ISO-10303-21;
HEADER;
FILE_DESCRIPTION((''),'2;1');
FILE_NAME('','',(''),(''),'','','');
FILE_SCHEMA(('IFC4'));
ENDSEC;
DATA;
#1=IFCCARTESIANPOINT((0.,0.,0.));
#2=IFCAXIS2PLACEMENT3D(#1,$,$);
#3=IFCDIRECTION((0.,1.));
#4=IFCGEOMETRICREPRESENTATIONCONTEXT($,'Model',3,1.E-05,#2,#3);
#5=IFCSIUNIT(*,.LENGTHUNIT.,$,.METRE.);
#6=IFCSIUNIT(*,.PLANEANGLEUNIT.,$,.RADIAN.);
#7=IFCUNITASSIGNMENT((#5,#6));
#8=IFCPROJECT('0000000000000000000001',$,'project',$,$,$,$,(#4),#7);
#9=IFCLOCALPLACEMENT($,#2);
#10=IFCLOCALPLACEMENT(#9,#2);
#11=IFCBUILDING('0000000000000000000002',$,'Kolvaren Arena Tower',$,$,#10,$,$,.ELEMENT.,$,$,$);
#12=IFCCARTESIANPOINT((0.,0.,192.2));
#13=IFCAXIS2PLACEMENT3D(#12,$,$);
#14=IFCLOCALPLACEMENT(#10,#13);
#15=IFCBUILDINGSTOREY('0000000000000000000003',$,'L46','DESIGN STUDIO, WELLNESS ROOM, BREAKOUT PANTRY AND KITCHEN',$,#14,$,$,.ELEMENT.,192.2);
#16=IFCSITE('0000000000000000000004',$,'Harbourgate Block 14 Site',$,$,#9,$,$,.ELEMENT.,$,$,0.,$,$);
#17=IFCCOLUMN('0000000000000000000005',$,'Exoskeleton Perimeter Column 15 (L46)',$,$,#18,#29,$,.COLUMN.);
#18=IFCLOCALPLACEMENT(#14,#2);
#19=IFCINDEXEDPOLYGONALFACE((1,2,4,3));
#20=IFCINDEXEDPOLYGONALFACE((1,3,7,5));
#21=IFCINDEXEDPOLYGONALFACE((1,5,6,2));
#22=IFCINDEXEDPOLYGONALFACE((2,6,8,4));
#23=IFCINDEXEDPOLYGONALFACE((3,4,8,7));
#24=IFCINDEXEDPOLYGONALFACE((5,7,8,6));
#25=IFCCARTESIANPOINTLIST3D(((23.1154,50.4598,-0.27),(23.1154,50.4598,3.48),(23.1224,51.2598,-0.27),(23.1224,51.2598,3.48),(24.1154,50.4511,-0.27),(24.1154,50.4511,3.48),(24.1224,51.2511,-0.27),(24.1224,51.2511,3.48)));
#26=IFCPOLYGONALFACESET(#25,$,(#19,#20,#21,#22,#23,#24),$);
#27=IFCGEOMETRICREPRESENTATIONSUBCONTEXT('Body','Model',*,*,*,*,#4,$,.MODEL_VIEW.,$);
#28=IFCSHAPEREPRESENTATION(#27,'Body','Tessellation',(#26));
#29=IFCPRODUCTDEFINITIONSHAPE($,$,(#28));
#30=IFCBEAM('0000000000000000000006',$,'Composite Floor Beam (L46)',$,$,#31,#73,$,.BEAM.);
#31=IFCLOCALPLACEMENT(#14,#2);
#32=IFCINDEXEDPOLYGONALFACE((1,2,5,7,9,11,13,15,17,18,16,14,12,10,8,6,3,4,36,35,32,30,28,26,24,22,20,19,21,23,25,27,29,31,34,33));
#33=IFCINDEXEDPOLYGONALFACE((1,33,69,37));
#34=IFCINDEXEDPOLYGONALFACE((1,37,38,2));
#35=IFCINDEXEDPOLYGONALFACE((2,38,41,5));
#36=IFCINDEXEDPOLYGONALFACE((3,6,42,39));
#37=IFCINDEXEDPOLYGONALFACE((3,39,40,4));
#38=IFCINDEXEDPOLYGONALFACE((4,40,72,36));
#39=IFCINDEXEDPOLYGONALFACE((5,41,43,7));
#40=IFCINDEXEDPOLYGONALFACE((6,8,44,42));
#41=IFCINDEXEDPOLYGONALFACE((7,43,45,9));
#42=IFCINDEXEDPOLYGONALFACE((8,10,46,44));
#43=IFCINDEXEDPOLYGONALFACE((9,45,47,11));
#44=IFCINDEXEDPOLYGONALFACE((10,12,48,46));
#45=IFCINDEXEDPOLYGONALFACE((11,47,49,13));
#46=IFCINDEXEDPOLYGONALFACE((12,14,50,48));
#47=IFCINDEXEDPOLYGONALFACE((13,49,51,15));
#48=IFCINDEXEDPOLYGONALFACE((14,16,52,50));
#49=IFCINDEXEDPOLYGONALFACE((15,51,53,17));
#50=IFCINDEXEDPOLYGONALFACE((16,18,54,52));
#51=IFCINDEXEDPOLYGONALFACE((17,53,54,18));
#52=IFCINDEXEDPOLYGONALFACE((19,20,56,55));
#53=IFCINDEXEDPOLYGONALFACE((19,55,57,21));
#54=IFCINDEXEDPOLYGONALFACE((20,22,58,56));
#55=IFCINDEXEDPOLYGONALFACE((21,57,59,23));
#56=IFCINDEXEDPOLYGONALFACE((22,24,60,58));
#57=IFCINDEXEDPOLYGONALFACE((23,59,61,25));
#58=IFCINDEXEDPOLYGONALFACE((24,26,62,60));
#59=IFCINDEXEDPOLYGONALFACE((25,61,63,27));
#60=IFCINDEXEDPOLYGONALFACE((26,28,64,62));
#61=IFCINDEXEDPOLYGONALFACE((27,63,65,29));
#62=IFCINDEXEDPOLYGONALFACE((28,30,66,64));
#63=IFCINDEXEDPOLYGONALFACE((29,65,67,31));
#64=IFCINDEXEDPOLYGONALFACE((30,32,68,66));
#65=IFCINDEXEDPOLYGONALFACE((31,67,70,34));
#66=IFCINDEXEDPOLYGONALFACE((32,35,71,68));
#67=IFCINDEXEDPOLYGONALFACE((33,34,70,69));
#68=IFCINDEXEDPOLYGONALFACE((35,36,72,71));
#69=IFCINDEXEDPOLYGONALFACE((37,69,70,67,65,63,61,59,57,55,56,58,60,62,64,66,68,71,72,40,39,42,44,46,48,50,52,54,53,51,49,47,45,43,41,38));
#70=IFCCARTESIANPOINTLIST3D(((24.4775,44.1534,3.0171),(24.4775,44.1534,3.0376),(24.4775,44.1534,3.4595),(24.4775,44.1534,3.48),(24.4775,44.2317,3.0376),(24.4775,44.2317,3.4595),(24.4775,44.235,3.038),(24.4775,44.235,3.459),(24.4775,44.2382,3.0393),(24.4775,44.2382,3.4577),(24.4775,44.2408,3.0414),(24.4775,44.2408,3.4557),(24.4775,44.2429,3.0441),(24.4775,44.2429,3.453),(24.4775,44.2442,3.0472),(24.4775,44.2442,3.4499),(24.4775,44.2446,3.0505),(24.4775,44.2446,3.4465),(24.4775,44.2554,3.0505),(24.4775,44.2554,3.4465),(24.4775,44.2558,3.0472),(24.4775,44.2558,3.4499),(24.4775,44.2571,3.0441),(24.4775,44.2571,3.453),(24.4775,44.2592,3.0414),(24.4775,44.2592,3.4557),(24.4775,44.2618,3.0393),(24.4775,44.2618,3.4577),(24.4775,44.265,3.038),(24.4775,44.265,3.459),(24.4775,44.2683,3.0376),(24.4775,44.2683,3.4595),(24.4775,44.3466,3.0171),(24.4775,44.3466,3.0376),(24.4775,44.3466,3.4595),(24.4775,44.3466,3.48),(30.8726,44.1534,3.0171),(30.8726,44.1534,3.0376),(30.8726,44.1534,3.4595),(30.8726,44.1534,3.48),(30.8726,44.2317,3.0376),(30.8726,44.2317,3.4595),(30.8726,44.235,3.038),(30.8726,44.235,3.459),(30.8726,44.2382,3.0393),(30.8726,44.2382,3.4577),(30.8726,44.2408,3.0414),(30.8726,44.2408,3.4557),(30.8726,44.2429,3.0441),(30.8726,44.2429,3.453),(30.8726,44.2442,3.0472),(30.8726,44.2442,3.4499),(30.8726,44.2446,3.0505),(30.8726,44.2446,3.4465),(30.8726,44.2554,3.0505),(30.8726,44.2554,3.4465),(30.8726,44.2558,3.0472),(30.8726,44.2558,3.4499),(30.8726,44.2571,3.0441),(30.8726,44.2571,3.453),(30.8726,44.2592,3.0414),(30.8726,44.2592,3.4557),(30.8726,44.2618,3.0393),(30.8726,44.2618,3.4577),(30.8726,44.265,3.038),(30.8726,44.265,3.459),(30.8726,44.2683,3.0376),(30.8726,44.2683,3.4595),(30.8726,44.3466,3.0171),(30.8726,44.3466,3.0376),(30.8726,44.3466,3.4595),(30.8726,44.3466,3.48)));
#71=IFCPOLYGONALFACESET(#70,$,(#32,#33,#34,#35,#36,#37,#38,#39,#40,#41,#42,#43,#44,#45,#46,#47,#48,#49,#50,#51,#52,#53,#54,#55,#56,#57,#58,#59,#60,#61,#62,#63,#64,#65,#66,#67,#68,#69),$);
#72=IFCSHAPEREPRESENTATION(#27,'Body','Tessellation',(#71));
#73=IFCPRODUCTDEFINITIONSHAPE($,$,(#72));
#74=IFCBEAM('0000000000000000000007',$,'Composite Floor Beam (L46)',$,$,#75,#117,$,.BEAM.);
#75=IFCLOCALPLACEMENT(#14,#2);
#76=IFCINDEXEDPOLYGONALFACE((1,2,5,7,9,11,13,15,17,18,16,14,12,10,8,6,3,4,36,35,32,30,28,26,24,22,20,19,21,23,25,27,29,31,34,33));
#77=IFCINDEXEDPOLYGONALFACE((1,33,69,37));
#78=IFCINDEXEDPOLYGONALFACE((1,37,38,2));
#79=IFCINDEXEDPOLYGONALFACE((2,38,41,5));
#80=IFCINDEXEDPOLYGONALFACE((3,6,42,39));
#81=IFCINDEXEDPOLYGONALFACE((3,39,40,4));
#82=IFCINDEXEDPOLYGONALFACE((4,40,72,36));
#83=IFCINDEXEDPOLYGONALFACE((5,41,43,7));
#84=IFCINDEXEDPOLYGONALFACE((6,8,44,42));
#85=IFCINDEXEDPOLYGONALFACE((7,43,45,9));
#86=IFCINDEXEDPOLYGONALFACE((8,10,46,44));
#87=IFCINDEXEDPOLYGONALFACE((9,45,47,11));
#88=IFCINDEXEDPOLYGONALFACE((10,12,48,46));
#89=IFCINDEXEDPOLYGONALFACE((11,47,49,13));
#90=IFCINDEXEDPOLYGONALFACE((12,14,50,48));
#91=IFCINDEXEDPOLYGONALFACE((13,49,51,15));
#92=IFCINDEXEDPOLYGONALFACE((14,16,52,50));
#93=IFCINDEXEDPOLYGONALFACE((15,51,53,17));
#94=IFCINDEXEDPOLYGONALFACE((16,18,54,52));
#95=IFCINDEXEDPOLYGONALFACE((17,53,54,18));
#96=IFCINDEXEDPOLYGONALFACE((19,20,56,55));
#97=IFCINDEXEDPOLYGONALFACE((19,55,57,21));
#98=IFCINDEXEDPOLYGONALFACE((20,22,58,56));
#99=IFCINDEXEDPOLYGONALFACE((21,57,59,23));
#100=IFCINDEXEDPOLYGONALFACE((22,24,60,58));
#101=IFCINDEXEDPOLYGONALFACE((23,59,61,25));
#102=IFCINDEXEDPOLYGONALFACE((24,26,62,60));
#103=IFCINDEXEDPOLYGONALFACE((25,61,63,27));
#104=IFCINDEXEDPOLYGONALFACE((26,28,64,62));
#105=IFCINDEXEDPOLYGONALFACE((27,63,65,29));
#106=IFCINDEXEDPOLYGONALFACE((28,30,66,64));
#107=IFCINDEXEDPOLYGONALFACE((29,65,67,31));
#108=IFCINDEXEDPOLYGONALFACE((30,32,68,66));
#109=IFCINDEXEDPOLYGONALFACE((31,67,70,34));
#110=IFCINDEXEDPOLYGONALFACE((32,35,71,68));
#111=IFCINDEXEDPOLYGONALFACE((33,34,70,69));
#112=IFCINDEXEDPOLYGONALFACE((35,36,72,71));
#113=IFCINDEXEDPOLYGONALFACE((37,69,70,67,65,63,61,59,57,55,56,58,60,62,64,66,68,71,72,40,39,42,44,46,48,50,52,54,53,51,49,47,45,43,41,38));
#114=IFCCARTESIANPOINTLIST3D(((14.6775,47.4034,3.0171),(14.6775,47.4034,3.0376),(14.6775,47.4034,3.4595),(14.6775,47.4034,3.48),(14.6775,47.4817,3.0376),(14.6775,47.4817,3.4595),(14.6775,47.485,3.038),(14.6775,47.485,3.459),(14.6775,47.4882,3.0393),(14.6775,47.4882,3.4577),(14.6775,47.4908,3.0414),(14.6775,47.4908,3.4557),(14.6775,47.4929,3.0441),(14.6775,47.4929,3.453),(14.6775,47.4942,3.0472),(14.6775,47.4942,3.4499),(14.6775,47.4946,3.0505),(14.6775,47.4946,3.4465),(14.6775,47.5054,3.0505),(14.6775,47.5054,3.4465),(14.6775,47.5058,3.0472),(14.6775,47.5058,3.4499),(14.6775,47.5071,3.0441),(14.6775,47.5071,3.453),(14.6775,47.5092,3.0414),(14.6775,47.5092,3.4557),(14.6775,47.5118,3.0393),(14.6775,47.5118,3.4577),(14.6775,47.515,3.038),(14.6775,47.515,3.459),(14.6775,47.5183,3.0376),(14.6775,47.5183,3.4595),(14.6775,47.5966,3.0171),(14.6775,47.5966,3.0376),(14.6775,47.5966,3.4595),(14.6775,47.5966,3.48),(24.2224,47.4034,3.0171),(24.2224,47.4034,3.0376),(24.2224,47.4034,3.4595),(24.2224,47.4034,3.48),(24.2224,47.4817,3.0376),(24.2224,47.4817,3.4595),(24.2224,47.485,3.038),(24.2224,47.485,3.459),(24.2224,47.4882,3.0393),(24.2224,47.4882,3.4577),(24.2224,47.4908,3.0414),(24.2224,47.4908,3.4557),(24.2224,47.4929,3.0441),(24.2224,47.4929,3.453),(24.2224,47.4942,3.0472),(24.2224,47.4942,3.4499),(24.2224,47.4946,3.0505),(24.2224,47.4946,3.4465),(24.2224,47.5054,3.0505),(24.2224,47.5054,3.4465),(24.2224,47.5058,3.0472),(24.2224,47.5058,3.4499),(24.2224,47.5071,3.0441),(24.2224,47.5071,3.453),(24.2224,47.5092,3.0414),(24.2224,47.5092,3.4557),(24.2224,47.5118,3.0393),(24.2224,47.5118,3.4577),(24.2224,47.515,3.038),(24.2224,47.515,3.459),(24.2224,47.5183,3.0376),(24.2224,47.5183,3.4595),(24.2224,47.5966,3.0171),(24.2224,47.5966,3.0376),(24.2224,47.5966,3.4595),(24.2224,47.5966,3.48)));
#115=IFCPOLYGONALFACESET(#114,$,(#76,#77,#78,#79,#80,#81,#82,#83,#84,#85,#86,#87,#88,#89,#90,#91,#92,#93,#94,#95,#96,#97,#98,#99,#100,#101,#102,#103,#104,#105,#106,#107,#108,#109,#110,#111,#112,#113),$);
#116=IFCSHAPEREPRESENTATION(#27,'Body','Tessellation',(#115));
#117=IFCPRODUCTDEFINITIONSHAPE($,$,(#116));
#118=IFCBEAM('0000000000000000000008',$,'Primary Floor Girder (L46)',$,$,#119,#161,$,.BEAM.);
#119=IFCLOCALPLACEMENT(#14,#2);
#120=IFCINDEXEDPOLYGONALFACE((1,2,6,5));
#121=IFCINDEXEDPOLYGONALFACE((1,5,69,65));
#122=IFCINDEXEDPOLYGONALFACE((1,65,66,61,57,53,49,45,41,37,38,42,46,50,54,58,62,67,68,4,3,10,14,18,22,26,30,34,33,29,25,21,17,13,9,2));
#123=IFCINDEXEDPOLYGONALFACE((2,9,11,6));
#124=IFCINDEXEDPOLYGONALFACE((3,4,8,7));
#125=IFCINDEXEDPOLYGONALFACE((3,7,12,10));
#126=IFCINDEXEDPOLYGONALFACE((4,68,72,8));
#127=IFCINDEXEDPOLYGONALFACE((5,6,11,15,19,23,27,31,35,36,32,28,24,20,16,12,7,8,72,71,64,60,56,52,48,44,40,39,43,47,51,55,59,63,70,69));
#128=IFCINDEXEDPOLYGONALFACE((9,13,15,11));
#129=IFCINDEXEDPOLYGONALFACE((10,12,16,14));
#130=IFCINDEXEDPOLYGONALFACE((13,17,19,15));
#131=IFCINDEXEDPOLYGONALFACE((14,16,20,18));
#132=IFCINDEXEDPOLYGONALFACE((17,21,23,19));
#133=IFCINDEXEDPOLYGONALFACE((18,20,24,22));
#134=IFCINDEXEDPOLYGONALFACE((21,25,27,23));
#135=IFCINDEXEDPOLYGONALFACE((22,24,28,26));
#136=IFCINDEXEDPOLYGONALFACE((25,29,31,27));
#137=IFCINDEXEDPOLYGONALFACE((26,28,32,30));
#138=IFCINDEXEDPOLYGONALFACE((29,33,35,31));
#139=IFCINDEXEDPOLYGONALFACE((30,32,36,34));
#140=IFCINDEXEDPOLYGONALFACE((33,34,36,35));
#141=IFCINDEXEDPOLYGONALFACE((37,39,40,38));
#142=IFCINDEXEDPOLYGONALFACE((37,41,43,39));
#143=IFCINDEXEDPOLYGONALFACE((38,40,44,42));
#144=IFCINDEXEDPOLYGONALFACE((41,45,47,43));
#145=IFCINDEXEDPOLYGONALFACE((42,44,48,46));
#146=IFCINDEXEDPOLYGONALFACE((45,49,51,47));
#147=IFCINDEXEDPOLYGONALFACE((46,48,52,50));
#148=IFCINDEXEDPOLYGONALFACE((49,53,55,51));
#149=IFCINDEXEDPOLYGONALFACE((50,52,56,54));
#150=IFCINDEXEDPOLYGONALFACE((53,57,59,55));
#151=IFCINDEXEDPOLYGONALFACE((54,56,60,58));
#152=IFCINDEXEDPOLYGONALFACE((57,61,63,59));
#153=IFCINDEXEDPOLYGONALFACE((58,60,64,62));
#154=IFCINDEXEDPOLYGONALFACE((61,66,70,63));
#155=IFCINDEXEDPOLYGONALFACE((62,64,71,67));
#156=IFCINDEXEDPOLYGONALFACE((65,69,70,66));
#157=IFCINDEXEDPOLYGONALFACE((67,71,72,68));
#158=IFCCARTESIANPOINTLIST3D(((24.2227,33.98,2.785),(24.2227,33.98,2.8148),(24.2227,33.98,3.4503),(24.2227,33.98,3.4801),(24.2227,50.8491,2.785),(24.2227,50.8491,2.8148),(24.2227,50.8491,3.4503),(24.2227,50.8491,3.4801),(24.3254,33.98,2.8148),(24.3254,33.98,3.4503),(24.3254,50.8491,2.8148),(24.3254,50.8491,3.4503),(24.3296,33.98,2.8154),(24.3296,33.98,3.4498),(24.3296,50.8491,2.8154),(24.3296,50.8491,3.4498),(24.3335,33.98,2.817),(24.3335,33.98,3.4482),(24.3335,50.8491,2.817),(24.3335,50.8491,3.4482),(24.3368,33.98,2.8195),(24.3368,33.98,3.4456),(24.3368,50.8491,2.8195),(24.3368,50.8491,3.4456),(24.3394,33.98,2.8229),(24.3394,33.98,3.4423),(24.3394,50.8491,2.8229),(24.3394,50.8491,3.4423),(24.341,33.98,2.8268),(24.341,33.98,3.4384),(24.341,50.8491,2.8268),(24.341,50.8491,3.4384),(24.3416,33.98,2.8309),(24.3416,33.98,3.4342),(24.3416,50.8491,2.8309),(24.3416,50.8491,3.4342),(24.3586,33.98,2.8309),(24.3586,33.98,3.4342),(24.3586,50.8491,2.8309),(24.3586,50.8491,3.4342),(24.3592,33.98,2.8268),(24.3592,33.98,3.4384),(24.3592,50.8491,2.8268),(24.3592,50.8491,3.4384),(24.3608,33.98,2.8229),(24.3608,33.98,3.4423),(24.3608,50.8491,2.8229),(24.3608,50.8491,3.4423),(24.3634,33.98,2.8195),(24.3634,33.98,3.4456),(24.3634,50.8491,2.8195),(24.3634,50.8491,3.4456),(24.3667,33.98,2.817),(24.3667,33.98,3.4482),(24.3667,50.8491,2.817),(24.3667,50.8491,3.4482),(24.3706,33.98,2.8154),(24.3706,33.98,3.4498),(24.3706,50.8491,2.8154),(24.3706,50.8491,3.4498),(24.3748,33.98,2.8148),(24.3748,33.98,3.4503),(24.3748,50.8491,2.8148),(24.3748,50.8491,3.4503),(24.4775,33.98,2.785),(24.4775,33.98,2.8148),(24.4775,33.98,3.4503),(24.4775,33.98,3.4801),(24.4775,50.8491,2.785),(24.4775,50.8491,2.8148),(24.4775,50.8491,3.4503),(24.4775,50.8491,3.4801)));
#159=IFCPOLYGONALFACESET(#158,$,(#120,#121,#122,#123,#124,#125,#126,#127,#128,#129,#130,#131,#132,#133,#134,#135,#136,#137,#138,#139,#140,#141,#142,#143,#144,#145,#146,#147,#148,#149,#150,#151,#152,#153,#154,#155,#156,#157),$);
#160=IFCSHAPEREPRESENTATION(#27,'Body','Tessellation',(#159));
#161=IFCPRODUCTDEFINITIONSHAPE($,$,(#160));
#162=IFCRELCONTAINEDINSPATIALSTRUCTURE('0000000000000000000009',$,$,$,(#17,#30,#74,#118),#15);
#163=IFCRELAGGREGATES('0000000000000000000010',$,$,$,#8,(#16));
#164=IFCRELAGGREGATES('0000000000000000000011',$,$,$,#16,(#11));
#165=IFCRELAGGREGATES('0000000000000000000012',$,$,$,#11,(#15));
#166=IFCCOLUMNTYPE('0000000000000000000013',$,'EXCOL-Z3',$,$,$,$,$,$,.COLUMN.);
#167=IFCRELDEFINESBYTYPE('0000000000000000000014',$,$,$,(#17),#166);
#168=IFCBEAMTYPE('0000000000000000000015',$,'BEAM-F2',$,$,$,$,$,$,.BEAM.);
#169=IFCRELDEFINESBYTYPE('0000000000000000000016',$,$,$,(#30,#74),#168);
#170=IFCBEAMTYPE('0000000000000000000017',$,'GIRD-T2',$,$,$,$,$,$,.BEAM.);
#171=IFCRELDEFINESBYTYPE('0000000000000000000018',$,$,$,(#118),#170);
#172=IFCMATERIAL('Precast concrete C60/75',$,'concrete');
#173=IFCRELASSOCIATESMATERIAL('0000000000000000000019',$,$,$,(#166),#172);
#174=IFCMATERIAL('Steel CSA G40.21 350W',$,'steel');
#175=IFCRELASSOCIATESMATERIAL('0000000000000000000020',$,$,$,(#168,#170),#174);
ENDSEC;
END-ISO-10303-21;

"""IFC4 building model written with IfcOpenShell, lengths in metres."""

from ifc_helpers import new_model, si_unit, direction, frame, origin, origin_2d, place, context, subcontext, project, spatial, rectangle, i_section, extrude, material, material_profile, profile_set, type_object, element, save


model = new_model("IFC4")

# Units and contexts
model_context = context("Model", 3, precision=1e-05, world=origin(), true_north=direction((0.0, 1.0)))
body_context = subcontext(model_context, "Body", "Model", "MODEL_VIEW")
ifc_project = project(units=[si_unit("LENGTHUNIT", "METRE"), si_unit("PLANEANGLEUNIT", "RADIAN")], contexts=[model_context])

# Site, building, storey
site_placement = place(None, origin())
site = spatial("IfcSite", under=ifc_project, at=site_placement, Name="Harbourgate Block 14 Site", CompositionType="ELEMENT", RefElevation=0.0)
building_placement = place(site_placement, origin())
building = spatial("IfcBuilding", under=site, at=building_placement, Name="Kolvaren Arena Tower", CompositionType="ELEMENT")
storey_placement = place(building_placement, frame((0.0, 0.0, 192.2)))
storey = spatial("IfcBuildingStorey", under=building, at=storey_placement, Name="L46", Description="DESIGN STUDIO, WELLNESS ROOM, BREAKOUT PANTRY AND KITCHEN", CompositionType="ELEMENT", Elevation=192.2)

# Column
ifc_material_1 = material(Name="Precast concrete C60/75", Category="concrete")
ifc_material_profile_1 = material_profile(ifc_material_1, rectangle(XDim=1.0, YDim=0.8, at=origin_2d()), Name="RC-1000x800")
ifc_profile_set_1 = profile_set([ifc_material_profile_1], Name="Precast concrete C60/75")
column_type = type_object("IfcColumnType", Name="EXCOL-Z3", PredefinedType="COLUMN", material=ifc_profile_set_1)
column_placement = place(storey_placement, frame((23.6189, 50.8555, -0.27), z_axis=(0.0, 0.0, 1.0), x_axis=(0.999962, -0.008727, 0.0)))
element("IfcColumn", 1, at=column_placement, inside=storey, type_object=column_type, Name="Exoskeleton Perimeter Column 15 (L46)", PredefinedType="COLUMN", context=body_context, shape_type="SweptSolid", body=[
    extrude(rectangle(XDim=1.0, YDim=0.8, at=origin_2d()), origin(), (0.0, 0.0, 1.0), 3.75),
])

# Beams
ifc_material_2 = material(Name="Steel CSA G40.21 350W", Category="steel")
ifc_material_profile_2 = material_profile(ifc_material_2, i_section(OverallWidth=0.1931, OverallDepth=0.4629, WebThickness=0.0107, FlangeThickness=0.0205, FilletRadius=0.0129, at=origin_2d()), Name="W460x113")
ifc_profile_set_2 = profile_set([ifc_material_profile_2], Name="Steel CSA G40.21 350W")
beam_type_1 = type_object("IfcBeamType", Name="BEAM-F2", PredefinedType="BEAM", material=ifc_profile_set_2)
beam_1_placement = place(storey_placement, frame((24.4775, 44.25, 3.2485), z_axis=(1.0, 0.0, 0.0), x_axis=(0.0, 1.0, 0.0)))
element("IfcBeam", 2, at=beam_1_placement, inside=storey, type_object=beam_type_1, Name="Composite Floor Beam (L46)", PredefinedType="BEAM", context=body_context, shape_type="SweptSolid", body=[
    extrude(i_section(OverallWidth=0.1931, OverallDepth=0.4629, WebThickness=0.0107, FlangeThickness=0.0205, FilletRadius=0.0129, at=origin_2d()), origin(), (0.0, 0.0, 1.0), 6.395),
])
beam_2_placement = place(storey_placement, frame((14.6775, 47.5, 3.2485), z_axis=(1.0, 0.0, 0.0), x_axis=(0.0, 1.0, 0.0)))
element("IfcBeam", 3, at=beam_2_placement, inside=storey, type_object=beam_type_1, Name="Composite Floor Beam (L46)", PredefinedType="BEAM", context=body_context, shape_type="SweptSolid", body=[
    extrude(i_section(OverallWidth=0.1931, OverallDepth=0.4629, WebThickness=0.0107, FlangeThickness=0.0205, FilletRadius=0.0129, at=origin_2d()), origin(), (0.0, 0.0, 1.0), 9.5449),
])
ifc_material_profile_3 = material_profile(ifc_material_2, i_section(OverallWidth=0.2549, OverallDepth=0.6951, WebThickness=0.0171, FlangeThickness=0.0298, FilletRadius=0.0161, at=origin_2d()), Name="W690x217")
ifc_profile_set_3 = profile_set([ifc_material_profile_3], Name="Steel CSA G40.21 350W")
beam_type_2 = type_object("IfcBeamType", Name="GIRD-T2", PredefinedType="BEAM", material=ifc_profile_set_3)
beam_3_placement = place(storey_placement, frame((24.3501, 33.98, 3.1326), z_axis=(0.0, 1.0, 0.0), x_axis=(-1.0, 0.0, 0.0)))
element("IfcBeam", 4, at=beam_3_placement, inside=storey, type_object=beam_type_2, Name="Primary Floor Girder (L46)", PredefinedType="BEAM", context=body_context, shape_type="SweptSolid", body=[
    extrude(i_section(OverallWidth=0.2549, OverallDepth=0.6951, WebThickness=0.0171, FlangeThickness=0.0298, FilletRadius=0.0161, at=origin_2d()), origin(), (0.0, 0.0, 1.0), 16.8691),
])

save(model, "model.ifc")
